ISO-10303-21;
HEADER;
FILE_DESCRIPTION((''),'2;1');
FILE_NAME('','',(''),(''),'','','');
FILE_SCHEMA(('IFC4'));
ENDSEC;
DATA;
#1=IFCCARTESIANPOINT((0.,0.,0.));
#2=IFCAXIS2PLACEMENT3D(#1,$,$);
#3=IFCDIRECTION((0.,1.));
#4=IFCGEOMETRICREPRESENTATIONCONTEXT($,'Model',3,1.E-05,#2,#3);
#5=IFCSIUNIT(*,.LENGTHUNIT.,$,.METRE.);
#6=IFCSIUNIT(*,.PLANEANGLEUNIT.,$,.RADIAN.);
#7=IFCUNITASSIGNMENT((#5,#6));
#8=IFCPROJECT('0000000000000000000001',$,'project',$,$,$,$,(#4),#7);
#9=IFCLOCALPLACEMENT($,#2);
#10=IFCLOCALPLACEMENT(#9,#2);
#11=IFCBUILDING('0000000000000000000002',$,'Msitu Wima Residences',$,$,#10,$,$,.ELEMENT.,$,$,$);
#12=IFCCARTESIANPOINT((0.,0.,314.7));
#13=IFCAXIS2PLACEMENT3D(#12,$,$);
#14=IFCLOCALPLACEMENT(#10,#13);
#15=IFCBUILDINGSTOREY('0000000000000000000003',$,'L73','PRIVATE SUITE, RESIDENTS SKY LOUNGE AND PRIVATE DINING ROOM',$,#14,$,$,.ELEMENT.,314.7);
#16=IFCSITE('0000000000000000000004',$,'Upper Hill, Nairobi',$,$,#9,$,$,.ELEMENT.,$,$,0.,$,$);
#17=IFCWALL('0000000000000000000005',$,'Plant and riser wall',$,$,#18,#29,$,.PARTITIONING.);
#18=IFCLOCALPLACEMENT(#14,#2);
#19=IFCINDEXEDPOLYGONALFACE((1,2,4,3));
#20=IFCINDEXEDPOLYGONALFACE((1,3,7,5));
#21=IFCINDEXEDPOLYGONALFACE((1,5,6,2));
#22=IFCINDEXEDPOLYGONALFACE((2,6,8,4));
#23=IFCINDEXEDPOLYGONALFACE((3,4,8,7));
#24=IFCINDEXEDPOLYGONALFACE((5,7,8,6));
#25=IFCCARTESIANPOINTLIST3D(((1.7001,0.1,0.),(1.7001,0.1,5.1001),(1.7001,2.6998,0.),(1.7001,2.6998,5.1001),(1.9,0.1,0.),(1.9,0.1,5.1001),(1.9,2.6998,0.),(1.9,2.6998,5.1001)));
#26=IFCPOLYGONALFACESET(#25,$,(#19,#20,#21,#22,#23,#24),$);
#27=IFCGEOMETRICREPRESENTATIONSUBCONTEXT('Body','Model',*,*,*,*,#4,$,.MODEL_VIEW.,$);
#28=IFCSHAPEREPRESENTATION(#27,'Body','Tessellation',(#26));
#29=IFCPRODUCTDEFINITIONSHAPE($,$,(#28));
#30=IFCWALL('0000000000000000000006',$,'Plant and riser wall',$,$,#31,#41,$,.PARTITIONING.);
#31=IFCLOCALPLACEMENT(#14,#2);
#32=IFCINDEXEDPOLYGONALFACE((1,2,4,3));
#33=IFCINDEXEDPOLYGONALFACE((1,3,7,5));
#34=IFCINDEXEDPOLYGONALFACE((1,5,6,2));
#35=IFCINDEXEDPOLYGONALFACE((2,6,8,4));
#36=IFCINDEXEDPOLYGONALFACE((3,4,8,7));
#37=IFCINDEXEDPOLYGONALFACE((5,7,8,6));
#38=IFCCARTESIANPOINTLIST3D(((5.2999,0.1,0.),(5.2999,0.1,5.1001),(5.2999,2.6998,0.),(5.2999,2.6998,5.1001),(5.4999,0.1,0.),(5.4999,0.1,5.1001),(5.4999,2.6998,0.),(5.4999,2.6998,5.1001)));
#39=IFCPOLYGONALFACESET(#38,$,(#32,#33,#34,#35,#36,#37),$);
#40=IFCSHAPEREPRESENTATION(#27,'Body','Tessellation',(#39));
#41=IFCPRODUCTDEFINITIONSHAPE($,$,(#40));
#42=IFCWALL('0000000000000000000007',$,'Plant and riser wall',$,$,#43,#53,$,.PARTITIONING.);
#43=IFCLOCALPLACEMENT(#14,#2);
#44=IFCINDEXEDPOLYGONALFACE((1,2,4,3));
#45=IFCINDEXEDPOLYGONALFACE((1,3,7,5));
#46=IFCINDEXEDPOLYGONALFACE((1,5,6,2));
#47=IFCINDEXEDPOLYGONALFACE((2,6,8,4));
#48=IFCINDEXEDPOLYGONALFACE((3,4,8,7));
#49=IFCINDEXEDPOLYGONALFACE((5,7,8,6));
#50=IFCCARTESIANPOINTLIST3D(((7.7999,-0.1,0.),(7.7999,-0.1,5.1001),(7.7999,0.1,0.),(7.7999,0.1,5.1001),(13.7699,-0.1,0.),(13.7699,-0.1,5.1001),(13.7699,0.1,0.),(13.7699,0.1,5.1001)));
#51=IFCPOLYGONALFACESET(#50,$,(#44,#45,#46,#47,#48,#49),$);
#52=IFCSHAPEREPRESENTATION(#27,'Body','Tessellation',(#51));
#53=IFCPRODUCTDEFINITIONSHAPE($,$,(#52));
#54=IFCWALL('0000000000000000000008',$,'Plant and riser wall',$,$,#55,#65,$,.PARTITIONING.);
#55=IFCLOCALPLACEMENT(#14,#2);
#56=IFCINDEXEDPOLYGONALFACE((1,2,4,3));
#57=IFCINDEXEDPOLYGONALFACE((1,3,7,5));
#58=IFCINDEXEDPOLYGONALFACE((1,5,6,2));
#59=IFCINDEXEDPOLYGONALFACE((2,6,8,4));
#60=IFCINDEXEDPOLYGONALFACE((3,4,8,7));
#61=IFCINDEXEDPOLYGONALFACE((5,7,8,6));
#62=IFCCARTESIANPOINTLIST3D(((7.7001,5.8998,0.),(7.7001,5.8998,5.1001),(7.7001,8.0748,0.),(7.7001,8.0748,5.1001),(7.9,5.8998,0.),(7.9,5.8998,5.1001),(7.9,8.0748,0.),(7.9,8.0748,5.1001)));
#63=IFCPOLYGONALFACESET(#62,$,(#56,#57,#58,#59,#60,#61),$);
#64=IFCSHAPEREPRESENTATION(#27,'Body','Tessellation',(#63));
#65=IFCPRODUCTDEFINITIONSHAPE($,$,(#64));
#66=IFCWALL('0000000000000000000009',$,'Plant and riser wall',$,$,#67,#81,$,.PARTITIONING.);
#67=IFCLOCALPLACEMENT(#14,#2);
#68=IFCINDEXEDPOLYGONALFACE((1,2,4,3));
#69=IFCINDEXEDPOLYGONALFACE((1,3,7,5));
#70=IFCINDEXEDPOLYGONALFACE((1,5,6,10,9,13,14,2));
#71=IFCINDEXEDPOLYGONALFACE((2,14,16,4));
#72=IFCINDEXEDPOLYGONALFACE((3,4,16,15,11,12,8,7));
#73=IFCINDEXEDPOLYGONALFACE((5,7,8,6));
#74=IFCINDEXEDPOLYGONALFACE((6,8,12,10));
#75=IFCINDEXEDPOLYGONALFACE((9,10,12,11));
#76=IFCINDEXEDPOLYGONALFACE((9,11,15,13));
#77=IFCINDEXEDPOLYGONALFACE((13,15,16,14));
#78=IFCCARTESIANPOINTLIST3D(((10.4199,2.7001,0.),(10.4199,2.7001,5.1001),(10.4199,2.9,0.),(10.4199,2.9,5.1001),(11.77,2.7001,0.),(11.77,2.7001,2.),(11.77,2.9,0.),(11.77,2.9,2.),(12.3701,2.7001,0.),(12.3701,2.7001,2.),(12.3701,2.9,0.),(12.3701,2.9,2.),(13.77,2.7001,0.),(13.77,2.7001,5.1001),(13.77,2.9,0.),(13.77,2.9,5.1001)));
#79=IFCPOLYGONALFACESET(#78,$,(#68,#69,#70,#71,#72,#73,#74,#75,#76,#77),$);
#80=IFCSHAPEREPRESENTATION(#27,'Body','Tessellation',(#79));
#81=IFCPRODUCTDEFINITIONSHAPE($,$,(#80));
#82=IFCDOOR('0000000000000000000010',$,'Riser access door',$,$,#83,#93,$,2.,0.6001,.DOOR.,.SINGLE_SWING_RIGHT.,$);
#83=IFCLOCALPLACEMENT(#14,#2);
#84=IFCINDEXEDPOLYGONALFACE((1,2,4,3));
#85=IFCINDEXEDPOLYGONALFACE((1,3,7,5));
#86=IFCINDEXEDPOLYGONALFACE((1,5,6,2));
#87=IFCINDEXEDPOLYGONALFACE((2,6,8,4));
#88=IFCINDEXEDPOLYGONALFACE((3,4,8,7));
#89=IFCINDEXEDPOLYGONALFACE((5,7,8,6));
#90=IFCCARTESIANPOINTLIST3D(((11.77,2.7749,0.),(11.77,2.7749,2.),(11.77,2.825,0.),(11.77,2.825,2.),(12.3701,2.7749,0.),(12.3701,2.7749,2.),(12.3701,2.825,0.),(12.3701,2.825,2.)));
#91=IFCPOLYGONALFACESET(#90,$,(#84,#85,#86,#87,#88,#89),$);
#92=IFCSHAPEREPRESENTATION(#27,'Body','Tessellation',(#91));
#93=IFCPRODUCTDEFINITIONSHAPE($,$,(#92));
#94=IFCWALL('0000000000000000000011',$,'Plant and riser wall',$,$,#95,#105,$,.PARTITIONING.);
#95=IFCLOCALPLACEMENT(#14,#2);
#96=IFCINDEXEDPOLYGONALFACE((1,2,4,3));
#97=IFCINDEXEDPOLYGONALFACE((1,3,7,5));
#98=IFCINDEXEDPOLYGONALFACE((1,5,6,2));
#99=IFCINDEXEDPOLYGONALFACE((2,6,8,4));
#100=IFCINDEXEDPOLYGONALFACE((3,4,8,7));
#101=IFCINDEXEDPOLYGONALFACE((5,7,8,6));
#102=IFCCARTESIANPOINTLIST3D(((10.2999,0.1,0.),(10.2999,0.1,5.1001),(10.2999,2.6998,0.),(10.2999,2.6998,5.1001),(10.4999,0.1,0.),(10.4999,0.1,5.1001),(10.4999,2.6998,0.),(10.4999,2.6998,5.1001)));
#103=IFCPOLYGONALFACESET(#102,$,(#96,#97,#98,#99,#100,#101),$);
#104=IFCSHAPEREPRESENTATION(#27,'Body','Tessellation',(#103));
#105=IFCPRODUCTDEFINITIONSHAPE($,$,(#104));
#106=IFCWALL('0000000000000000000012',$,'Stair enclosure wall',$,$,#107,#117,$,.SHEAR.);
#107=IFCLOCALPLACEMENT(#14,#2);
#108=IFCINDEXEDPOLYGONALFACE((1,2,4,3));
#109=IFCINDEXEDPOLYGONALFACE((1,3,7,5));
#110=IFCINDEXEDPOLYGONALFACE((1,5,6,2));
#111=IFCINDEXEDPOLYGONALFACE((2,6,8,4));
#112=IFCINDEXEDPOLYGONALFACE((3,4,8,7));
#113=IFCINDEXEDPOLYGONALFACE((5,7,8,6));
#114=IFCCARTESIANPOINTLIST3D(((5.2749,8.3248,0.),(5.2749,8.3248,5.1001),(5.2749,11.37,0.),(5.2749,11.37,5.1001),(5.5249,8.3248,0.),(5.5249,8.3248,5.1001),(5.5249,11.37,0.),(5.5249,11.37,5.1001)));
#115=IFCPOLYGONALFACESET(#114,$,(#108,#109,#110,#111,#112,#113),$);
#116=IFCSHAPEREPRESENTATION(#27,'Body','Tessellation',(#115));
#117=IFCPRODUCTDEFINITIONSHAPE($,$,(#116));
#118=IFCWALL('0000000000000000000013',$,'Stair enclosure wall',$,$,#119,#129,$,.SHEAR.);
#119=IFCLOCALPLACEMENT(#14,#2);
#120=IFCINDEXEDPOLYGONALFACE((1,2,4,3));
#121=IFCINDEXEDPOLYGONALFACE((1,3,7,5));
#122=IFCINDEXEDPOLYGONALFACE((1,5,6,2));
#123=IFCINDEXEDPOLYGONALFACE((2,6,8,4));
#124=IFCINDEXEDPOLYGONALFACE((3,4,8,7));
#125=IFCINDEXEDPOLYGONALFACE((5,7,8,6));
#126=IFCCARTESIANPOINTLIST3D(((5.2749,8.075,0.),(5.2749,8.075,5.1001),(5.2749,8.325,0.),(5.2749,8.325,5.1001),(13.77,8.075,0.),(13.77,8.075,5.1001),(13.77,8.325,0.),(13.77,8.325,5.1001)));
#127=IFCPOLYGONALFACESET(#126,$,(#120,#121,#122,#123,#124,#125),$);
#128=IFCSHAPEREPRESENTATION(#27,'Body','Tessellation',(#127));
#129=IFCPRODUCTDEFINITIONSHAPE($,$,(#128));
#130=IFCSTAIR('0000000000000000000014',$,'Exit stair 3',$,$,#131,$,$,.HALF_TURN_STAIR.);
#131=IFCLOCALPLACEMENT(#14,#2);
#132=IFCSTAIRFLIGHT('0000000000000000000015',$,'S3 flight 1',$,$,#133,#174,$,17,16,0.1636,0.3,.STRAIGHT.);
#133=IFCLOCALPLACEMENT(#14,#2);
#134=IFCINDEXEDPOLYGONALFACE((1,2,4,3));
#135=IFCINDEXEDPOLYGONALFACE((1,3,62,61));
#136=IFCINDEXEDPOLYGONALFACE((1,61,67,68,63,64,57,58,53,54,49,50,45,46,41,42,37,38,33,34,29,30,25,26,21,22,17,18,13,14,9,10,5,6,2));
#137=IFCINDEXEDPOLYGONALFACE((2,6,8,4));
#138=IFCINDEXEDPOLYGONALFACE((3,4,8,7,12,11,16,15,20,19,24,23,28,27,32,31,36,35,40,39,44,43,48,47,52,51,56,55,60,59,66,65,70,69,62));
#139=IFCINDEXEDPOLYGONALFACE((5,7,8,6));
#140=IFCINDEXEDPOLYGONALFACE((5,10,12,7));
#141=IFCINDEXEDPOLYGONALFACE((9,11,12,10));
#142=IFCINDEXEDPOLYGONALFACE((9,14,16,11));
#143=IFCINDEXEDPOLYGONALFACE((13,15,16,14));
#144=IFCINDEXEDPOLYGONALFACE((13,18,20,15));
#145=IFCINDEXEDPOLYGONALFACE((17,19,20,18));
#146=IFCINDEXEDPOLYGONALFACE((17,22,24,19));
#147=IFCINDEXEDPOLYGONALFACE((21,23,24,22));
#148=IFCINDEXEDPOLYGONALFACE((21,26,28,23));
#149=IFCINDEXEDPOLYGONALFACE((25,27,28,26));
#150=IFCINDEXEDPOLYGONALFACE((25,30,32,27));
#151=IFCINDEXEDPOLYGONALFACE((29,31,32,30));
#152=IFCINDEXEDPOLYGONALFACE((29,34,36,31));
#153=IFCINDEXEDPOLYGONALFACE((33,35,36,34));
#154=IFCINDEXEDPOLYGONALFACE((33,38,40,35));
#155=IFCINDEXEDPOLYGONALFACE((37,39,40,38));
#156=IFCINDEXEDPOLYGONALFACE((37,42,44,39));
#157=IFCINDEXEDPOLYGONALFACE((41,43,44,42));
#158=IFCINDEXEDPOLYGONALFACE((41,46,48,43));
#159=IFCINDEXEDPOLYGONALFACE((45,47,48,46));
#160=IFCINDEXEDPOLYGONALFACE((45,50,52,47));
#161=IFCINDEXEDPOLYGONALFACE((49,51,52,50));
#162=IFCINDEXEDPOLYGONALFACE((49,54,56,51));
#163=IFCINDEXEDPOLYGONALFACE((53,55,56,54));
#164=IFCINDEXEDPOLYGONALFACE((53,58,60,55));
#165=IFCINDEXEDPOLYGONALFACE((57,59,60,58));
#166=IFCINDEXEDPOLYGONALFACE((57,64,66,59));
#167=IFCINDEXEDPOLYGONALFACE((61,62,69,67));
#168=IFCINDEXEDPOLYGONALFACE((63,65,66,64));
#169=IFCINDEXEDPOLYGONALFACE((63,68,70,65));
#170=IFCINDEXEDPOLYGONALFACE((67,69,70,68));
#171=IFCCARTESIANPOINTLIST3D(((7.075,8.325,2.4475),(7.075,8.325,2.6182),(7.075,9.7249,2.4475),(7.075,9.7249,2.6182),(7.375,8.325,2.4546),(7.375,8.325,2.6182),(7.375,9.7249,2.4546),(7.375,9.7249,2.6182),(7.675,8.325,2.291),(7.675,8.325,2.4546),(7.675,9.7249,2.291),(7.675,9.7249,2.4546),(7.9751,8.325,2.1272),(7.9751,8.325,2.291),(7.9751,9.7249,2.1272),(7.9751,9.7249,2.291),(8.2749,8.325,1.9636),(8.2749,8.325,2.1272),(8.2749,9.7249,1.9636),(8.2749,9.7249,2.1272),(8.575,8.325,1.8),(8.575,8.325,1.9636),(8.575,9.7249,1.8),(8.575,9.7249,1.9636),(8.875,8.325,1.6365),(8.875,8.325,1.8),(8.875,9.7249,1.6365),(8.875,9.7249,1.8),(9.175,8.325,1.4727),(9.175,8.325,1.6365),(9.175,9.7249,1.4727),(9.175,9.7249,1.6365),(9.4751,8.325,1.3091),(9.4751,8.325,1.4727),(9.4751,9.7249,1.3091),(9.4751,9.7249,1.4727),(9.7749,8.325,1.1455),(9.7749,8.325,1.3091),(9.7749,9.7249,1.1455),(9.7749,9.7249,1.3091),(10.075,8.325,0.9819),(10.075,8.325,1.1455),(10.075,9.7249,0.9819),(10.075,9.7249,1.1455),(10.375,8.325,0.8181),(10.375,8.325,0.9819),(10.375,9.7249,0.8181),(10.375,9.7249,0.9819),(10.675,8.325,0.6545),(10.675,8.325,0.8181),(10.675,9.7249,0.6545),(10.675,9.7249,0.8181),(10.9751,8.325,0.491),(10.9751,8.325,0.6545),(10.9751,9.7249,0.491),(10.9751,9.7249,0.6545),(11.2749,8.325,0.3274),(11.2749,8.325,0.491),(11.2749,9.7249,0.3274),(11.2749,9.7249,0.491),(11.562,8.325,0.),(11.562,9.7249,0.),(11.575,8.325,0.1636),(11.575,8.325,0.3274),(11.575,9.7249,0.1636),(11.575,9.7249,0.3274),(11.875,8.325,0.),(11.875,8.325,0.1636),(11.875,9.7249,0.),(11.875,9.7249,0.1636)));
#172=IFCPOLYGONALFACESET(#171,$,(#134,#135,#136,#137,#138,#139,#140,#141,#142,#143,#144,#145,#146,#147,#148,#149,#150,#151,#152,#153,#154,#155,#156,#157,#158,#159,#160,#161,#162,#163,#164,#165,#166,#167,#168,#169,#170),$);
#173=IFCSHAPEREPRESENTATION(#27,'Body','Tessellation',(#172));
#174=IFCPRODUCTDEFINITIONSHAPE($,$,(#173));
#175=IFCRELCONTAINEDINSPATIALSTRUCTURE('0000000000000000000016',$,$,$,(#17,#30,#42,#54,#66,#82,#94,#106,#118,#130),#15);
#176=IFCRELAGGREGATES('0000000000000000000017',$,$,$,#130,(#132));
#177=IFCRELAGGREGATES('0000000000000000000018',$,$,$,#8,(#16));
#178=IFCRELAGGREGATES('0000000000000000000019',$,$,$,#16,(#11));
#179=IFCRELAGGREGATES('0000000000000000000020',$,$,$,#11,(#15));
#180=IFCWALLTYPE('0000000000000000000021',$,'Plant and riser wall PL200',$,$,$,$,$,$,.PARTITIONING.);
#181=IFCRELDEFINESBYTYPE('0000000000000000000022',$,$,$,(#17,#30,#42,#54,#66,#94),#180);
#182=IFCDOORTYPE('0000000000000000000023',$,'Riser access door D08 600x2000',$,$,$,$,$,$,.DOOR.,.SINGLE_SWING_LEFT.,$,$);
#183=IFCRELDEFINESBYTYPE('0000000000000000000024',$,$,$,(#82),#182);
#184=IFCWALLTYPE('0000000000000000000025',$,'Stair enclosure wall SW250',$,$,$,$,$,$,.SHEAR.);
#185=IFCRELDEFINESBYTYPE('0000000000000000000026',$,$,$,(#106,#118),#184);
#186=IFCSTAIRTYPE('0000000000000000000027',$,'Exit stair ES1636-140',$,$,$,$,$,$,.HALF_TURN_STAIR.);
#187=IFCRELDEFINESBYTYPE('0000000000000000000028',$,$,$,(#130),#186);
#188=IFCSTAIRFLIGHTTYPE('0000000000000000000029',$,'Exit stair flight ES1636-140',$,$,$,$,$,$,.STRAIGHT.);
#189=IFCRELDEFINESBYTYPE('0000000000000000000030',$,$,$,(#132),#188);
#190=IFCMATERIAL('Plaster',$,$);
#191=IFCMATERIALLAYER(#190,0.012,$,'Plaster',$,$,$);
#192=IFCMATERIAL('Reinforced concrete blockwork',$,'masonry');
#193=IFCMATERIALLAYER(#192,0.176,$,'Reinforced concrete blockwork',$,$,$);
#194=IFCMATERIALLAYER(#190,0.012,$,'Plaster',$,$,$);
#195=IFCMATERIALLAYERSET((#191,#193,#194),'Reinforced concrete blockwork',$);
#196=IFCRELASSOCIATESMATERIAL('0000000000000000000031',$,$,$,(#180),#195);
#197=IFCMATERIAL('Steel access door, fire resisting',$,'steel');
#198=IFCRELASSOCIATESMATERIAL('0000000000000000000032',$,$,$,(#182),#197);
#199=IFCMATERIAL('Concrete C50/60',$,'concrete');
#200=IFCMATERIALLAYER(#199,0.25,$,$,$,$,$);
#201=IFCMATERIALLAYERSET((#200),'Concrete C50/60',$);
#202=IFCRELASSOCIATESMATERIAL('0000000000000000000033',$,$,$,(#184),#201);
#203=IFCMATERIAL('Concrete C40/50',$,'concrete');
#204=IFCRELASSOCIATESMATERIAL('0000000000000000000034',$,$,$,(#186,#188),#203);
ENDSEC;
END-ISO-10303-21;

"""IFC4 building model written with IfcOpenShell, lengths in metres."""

from ifc_helpers import new_model, si_unit, direction, frame, frame_2d, origin, place, context, subcontext, project, spatial, polyline, rectangle, outline, extrude, material, layer, layer_set, type_object, element, fill, aggregate, save


model = new_model("IFC4")

# Units and contexts
model_context = context("Model", 3, precision=1e-05, world=origin(), true_north=direction((0.0, 1.0)))
body_context = subcontext(model_context, "Body", "Model", "MODEL_VIEW")
ifc_project = project(units=[si_unit("LENGTHUNIT", "METRE"), si_unit("PLANEANGLEUNIT", "RADIAN")], contexts=[model_context])

# Site, building, storey
site_placement = place(None, origin())
site = spatial("IfcSite", under=ifc_project, at=site_placement, Name="Upper Hill, Nairobi", CompositionType="ELEMENT", RefElevation=0.0)
building_placement = place(site_placement, origin())
building = spatial("IfcBuilding", under=site, at=building_placement, Name="Msitu Wima Residences", CompositionType="ELEMENT")
storey_placement = place(building_placement, frame((0.0, 0.0, 314.7)))
storey = spatial("IfcBuildingStorey", under=building, at=storey_placement, Name="L73", Description="PRIVATE SUITE, RESIDENTS SKY LOUNGE AND PRIVATE DINING ROOM", CompositionType="ELEMENT", Elevation=314.7)

# Shared definitions
ifc_material_1 = material(Name="Concrete C40/50", Category="concrete")

# Shared definitions
ifc_material_2 = material(Name="Plaster")
ifc_layer_1 = layer(ifc_material_2, 0.012, Name="Plaster")
ifc_material_3 = material(Name="Reinforced concrete blockwork", Category="masonry")
ifc_layer_2 = layer(ifc_material_3, 0.176, Name="Reinforced concrete blockwork")
ifc_layer_3 = layer(ifc_material_2, 0.012, Name="Plaster")
ifc_layer_set_1 = layer_set([ifc_layer_1, ifc_layer_2, ifc_layer_3], Name="Reinforced concrete blockwork")
wall_type_1 = type_object("IfcWallType", Name="Plant and riser wall PL200", PredefinedType="PARTITIONING", material=ifc_layer_set_1)

# Walls
for number, where, z_axis, x_axis, name in (
    (1, (1.8, 0.1001, 0.0), (0.0, 0.0, 1.0), (0.0, 1.0, 0.0), "Plant and riser wall"),
    (2, (5.3999, 0.1001, 0.0), (0.0, 0.0, 1.0), (0.0, 1.0, 0.0), "Plant and riser wall"),
):
    element("IfcWall", number, at=place(storey_placement, frame(where, z_axis=z_axis, x_axis=x_axis)), inside=storey, type_object=wall_type_1, Name=name, PredefinedType="PARTITIONING", context=body_context, shape_type="SweptSolid", body=[
        extrude(rectangle(XDim=2.5999, YDim=0.2, at=frame_2d((1.2998, 0.0))), origin(), (0.0, 0.0, 1.0), 5.1001),
    ])
wall_1_placement = place(storey_placement, frame((7.8, 0.0, 0.0), z_axis=(0.0, 0.0, 1.0), x_axis=(1.0, 0.0, 0.0)))
element("IfcWall", 3, at=wall_1_placement, inside=storey, type_object=wall_type_1, Name="Plant and riser wall", PredefinedType="PARTITIONING", context=body_context, shape_type="SweptSolid", body=[
    extrude(rectangle(XDim=5.97, YDim=0.2, at=frame_2d((2.9849, 0.0))), origin(), (0.0, 0.0, 1.0), 5.1001),
])
wall_2_placement = place(storey_placement, frame((7.8, 5.8999, 0.0), z_axis=(0.0, 0.0, 1.0), x_axis=(0.0, 1.0, 0.0)))
element("IfcWall", 4, at=wall_2_placement, inside=storey, type_object=wall_type_1, Name="Plant and riser wall", PredefinedType="PARTITIONING", context=body_context, shape_type="SweptSolid", body=[
    extrude(rectangle(XDim=2.175, YDim=0.2, at=frame_2d((1.0874, 0.0))), origin(), (0.0, 0.0, 1.0), 5.1001),
])

# Wall, opening, door
wall_3_placement = place(storey_placement, frame((10.4199, 2.8, 0.0), z_axis=(0.0, 0.0, 1.0), x_axis=(1.0, 0.0, 0.0)))
wall_3 = element("IfcWall", 5, at=wall_3_placement, inside=storey, type_object=wall_type_1, Name="Plant and riser wall", PredefinedType="PARTITIONING", context=body_context, shape_type="SweptSolid", body=[
    extrude(rectangle(XDim=3.3501, YDim=0.2, at=frame_2d((1.675, 0.0))), origin(), (0.0, 0.0, 1.0), 5.1001),
])
opening_1_placement = place(wall_3_placement, frame((1.3501, 0.0, 0.0)))
opening_1 = element("IfcOpeningElement", 6, at=opening_1_placement, cuts=wall_3, PredefinedType="OPENING", context=body_context, shape_type="SweptSolid", body=[
    extrude(rectangle(XDim=0.6001, YDim=2.0, at=frame_2d((0.3, 1.0))), frame((0.0, 0.1099, 0.0), z_axis=(0.0, -1.0, 0.0), x_axis=(1.0, 0.0, 0.0)), (0.0, 0.0, 1.0), 0.22),
])
ifc_material_4 = material(Name="Steel access door, fire resisting", Category="steel")
door_type_1 = type_object("IfcDoorType", Name="Riser access door D08 600x2000", OperationType="SINGLE_SWING_LEFT", PredefinedType="DOOR", material=ifc_material_4)
door_1_placement = place(opening_1_placement, origin())
door_1 = element("IfcDoor", 7, at=door_1_placement, inside=storey, type_object=door_type_1, Name="Riser access door", OperationType="SINGLE_SWING_RIGHT", OverallHeight=2.0, OverallWidth=0.6001, PredefinedType="DOOR", context=body_context, shape_type="SweptSolid", body=[
    extrude(rectangle(XDim=0.6001, YDim=2.0, at=frame_2d((0.3, 1.0))), frame((0.0, 0.0249, 0.0), z_axis=(0.0, -1.0, 0.0), x_axis=(1.0, 0.0, 0.0)), (0.0, 0.0, 1.0), 0.05),
])
fill(opening_1, door_1)

# Walls
wall_4_placement = place(storey_placement, frame((10.3999, 0.1001, 0.0), z_axis=(0.0, 0.0, 1.0), x_axis=(0.0, 1.0, 0.0)))
element("IfcWall", 8, at=wall_4_placement, inside=storey, type_object=wall_type_1, Name="Plant and riser wall", PredefinedType="PARTITIONING", context=body_context, shape_type="SweptSolid", body=[
    extrude(rectangle(XDim=2.5999, YDim=0.2, at=frame_2d((1.2998, 0.0))), origin(), (0.0, 0.0, 1.0), 5.1001),
])
ifc_material_5 = material(Name="Concrete C50/60", Category="concrete")
ifc_layer_4 = layer(ifc_material_5, 0.25)
ifc_layer_set_2 = layer_set([ifc_layer_4], Name="Concrete C50/60")
wall_type_2 = type_object("IfcWallType", Name="Stair enclosure wall SW250", PredefinedType="SHEAR", material=ifc_layer_set_2)
wall_5_placement = place(storey_placement, frame((5.3999, 8.325, 0.0), z_axis=(0.0, 0.0, 1.0), x_axis=(0.0, 1.0, 0.0)))
element("IfcWall", 9, at=wall_5_placement, inside=storey, type_object=wall_type_2, Name="Stair enclosure wall", PredefinedType="SHEAR", context=body_context, shape_type="SweptSolid", body=[
    extrude(rectangle(XDim=3.0452, YDim=0.25, at=frame_2d((1.5225, 0.0))), origin(), (0.0, 0.0, 1.0), 5.1001),
])
wall_6_placement = place(storey_placement, frame((5.2749, 8.2, 0.0), z_axis=(0.0, 0.0, 1.0), x_axis=(1.0, 0.0, 0.0)))
element("IfcWall", 10, at=wall_6_placement, inside=storey, type_object=wall_type_2, Name="Stair enclosure wall", PredefinedType="SHEAR", context=body_context, shape_type="SweptSolid", body=[
    extrude(rectangle(XDim=8.4951, YDim=0.25, at=frame_2d((4.2476, 0.0))), origin(), (0.0, 0.0, 1.0), 5.1001),
])

# Stair, stair flight
stair_type = type_object("IfcStairType", Name="Exit stair ES1636-140", PredefinedType="HALF_TURN_STAIR", material=ifc_material_1)
stair_placement = place(storey_placement, origin())
stair = element("IfcStair", 11, at=stair_placement, inside=storey, type_object=stair_type, Name="Exit stair 3", PredefinedType="HALF_TURN_STAIR")
stair_flight_type = type_object("IfcStairFlightType", Name="Exit stair flight ES1636-140", PredefinedType="STRAIGHT", material=ifc_material_1)
stair_flight_placement = place(storey_placement, frame((11.875, 9.0249, 0.0), z_axis=(0.0, 0.0, 1.0), x_axis=(-1.0, 0.0, 0.0)))
stair_flight = element("IfcStairFlight", 12, at=stair_flight_placement, type_object=stair_flight_type, Name="S3 flight 1", NumberOfRisers=17, NumberOfTreads=16, PredefinedType="STRAIGHT", RiserHeight=0.1636, TreadLength=0.3, context=body_context, shape_type="SweptSolid", body=[
    extrude(outline(polyline([(0.0, 0.0), (0.0, 0.1636), (0.3, 0.1636), (0.3, 0.3274), (0.6001, 0.3274), (0.6001, 0.491), (0.8999, 0.491), (0.8999, 0.6545), (1.2, 0.6545), (1.2, 0.8181), (1.5, 0.8181), (1.5, 0.9819), (1.8, 0.9819), (1.8, 1.1455), (2.1001, 1.1455), (2.1001, 1.3091), (2.3999, 1.3091), (2.3999, 1.4727), (2.7, 1.4727), (2.7, 1.6365), (3.0, 1.6365), (3.0, 1.8), (3.3, 1.8), (3.3, 1.9636), (3.6001, 1.9636), (3.6001, 2.1272), (3.8999, 2.1272), (3.8999, 2.291), (4.2, 2.291), (4.2, 2.4546), (4.5, 2.4546), (4.5, 2.6182), (4.8, 2.6182), (4.8, 2.7817), (4.8, 2.4475), (0.313, 0.0), (0.0, 0.0)])), frame((0.0, 0.7, 0.0), z_axis=(0.0, -1.0, 0.0), x_axis=(1.0, 0.0, 0.0)), (0.0, 0.0, 1.0), 1.3999),
])
aggregate(stair, [stair_flight])

save(model, "model.ifc")
